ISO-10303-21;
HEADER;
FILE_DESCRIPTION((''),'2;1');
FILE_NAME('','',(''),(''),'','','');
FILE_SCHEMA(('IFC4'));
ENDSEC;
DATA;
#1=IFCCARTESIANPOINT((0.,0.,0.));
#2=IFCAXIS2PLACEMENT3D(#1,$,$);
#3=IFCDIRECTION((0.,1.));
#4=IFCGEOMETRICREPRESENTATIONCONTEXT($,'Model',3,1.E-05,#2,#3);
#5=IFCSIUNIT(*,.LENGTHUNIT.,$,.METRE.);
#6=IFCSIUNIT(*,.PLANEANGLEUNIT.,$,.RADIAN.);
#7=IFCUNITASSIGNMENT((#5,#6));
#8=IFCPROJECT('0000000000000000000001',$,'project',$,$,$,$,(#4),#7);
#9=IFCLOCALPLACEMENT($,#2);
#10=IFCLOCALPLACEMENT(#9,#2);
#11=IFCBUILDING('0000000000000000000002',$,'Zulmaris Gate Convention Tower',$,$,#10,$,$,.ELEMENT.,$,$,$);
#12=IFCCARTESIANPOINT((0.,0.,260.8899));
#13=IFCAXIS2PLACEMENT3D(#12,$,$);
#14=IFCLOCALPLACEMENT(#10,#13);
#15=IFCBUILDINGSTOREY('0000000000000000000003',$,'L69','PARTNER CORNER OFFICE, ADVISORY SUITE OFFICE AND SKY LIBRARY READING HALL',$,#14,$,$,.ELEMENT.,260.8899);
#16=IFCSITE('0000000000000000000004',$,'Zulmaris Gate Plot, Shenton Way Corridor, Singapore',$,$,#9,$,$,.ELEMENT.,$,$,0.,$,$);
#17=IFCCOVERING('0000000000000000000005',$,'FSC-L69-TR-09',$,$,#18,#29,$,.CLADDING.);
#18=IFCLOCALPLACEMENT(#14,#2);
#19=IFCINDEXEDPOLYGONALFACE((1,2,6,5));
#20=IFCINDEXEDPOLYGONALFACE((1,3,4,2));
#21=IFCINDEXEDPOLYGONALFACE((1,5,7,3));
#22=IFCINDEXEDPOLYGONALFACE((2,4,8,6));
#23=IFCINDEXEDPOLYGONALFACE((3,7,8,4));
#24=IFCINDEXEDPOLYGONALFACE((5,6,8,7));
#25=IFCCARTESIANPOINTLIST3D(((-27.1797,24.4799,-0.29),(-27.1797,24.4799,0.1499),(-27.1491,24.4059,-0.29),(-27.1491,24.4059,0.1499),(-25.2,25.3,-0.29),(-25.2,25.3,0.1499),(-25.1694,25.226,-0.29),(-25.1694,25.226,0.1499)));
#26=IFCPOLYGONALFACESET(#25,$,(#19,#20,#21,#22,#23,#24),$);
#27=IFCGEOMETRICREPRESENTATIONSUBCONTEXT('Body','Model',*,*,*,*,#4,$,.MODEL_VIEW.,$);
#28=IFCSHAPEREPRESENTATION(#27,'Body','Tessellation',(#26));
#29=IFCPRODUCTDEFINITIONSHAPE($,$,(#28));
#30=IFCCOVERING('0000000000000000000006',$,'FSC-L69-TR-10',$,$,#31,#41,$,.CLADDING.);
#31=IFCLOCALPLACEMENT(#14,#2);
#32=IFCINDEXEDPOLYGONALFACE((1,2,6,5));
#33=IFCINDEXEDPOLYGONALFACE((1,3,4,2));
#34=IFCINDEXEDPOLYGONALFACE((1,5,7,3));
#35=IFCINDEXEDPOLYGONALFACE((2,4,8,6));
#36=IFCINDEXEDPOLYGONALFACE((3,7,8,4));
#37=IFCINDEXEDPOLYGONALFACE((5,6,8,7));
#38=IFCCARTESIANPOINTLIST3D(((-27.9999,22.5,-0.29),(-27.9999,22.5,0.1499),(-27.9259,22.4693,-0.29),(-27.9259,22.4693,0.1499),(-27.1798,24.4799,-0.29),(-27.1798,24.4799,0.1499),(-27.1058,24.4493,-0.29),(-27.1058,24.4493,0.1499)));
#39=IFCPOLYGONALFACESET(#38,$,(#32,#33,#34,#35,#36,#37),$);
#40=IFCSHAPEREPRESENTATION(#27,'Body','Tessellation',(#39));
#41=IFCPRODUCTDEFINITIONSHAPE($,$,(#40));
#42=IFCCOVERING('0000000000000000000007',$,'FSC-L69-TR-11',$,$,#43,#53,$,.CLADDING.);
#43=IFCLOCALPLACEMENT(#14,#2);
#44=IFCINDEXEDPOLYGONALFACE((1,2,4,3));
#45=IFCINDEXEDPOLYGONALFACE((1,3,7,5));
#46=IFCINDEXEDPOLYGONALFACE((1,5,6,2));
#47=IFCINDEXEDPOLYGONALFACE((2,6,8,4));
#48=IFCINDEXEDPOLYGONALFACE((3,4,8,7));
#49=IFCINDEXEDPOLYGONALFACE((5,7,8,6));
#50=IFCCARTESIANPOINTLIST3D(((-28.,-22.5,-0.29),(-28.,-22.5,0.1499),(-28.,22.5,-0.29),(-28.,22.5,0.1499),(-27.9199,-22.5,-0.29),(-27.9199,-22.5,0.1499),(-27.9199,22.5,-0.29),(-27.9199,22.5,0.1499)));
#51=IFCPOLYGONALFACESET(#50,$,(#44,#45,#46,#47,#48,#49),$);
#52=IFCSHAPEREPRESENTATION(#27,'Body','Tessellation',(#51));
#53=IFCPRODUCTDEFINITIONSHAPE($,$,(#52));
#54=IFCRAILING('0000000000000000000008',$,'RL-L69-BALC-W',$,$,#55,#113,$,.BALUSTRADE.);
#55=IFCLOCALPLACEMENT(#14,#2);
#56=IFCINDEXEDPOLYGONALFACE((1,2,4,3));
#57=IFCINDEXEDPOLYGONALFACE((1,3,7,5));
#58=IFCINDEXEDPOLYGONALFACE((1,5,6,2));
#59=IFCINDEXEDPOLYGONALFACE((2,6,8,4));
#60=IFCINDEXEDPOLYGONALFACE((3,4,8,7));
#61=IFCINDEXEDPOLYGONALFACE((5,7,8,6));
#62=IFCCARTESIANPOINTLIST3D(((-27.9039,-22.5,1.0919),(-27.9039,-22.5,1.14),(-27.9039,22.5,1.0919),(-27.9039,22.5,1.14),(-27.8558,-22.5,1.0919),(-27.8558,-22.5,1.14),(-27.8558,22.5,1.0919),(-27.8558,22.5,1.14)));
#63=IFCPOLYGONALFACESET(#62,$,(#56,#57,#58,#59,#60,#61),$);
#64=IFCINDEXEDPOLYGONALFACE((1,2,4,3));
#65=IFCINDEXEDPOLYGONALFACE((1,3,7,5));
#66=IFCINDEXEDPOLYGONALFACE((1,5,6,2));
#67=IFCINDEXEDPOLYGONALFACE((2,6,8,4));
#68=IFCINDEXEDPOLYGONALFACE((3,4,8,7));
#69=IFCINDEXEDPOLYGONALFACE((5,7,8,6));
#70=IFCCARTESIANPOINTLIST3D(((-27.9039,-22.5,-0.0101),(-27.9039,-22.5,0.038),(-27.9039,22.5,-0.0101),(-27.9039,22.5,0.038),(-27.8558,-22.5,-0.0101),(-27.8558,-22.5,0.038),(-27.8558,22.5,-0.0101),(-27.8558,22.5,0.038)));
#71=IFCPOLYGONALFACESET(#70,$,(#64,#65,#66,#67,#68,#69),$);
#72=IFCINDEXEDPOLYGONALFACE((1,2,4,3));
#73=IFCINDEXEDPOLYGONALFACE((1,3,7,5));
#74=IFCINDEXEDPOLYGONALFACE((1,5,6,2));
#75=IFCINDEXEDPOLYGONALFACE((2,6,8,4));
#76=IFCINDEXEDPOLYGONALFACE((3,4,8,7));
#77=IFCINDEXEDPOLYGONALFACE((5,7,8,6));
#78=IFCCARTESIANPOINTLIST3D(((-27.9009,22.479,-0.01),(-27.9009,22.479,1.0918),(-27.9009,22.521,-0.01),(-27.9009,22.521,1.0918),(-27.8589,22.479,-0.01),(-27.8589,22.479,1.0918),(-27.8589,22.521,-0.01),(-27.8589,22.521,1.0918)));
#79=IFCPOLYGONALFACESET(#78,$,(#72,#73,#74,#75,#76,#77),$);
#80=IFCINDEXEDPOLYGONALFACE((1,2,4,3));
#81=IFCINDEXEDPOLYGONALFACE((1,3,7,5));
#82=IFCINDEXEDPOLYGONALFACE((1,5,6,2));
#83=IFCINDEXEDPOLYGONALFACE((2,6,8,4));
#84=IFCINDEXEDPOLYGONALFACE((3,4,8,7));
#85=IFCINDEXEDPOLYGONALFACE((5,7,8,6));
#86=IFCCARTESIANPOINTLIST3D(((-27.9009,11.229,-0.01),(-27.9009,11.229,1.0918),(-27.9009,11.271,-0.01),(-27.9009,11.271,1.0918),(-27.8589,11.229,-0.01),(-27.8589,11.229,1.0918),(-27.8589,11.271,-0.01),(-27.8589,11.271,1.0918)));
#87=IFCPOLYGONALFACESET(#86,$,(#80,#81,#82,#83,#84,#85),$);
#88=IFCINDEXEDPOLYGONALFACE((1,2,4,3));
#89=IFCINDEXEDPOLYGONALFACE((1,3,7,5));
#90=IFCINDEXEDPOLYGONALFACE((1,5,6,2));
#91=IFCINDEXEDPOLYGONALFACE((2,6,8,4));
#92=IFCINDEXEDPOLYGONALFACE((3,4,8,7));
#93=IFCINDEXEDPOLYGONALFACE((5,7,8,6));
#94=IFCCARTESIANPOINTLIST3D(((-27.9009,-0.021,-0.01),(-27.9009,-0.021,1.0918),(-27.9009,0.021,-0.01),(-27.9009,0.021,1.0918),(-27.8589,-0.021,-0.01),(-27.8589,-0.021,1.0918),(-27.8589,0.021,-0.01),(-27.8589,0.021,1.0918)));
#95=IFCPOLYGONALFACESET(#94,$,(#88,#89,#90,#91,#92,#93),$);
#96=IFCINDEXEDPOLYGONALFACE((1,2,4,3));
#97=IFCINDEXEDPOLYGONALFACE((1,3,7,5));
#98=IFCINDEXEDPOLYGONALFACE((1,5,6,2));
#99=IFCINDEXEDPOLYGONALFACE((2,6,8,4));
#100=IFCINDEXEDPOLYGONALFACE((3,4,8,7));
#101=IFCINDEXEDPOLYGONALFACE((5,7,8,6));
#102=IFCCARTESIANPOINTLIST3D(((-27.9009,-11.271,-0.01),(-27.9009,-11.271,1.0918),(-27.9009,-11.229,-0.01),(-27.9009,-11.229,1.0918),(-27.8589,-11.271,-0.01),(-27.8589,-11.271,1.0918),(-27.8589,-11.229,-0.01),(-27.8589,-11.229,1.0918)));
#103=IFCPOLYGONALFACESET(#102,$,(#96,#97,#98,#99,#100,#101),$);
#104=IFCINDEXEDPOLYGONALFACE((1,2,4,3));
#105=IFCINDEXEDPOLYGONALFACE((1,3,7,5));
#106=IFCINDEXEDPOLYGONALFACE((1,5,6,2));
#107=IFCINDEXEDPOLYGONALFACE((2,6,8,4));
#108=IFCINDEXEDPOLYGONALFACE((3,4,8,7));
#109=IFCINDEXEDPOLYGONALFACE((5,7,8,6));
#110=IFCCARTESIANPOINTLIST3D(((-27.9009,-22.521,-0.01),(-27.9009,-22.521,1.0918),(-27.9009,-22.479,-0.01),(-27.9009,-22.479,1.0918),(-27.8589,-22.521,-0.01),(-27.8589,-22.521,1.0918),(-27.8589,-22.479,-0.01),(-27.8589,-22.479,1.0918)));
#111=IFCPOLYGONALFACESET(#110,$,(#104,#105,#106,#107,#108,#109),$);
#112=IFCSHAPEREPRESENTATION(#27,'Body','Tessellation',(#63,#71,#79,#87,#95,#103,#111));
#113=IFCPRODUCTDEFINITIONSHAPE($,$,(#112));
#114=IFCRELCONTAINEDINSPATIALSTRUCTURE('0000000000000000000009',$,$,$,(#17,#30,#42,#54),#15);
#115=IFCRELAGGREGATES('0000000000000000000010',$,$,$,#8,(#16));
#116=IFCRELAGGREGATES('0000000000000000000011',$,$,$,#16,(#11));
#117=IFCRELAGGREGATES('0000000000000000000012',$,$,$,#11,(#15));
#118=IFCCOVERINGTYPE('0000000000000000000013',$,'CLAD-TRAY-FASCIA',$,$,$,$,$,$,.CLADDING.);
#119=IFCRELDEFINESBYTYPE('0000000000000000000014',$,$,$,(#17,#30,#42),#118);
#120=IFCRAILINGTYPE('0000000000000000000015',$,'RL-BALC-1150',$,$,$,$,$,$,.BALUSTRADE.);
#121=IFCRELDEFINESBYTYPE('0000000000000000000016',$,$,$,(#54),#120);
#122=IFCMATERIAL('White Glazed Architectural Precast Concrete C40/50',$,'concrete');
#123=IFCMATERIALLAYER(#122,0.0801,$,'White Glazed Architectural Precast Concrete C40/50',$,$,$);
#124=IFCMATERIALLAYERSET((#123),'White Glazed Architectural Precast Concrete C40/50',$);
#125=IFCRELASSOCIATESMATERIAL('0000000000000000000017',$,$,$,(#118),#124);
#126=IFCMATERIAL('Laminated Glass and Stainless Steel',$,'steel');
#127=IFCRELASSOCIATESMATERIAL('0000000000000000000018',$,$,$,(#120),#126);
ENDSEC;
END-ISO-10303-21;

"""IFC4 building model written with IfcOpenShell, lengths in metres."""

from ifc_helpers import new_model, si_unit, direction, frame, frame_2d, origin, origin_2d, place, context, subcontext, project, spatial, rectangle, extrude, material, layer, layer_set, type_object, element, save


model = new_model("IFC4")

# Units and contexts
model_context = context("Model", 3, precision=1e-05, world=origin(), true_north=direction((0.0, 1.0)))
body_context = subcontext(model_context, "Body", "Model", "MODEL_VIEW")
ifc_project = project(units=[si_unit("LENGTHUNIT", "METRE"), si_unit("PLANEANGLEUNIT", "RADIAN")], contexts=[model_context])

# Site, building, storey
site_placement = place(None, origin())
site = spatial("IfcSite", under=ifc_project, at=site_placement, Name="Zulmaris Gate Plot, Shenton Way Corridor, Singapore", CompositionType="ELEMENT", RefElevation=0.0)
building_placement = place(site_placement, origin())
building = spatial("IfcBuilding", under=site, at=building_placement, Name="Zulmaris Gate Convention Tower", CompositionType="ELEMENT")
storey_placement = place(building_placement, frame((0.0, 0.0, 260.8899)))
storey = spatial("IfcBuildingStorey", under=building, at=storey_placement, Name="L69", Description="PARTNER CORNER OFFICE, ADVISORY SUITE OFFICE AND SKY LIBRARY READING HALL", CompositionType="ELEMENT", Elevation=260.8899)

# Coverings
ifc_material_1 = material(Name="White Glazed Architectural Precast Concrete C40/50", Category="concrete")
ifc_layer_1 = layer(ifc_material_1, 0.0801, Name="White Glazed Architectural Precast Concrete C40/50")
ifc_layer_set_1 = layer_set([ifc_layer_1], Name="White Glazed Architectural Precast Concrete C40/50")
covering_type_1 = type_object("IfcCoveringType", Name="CLAD-TRAY-FASCIA", PredefinedType="CLADDING", material=ifc_layer_set_1)
covering_1_placement = place(storey_placement, frame((-25.1848, 25.2629, -0.29), z_axis=(0.0, 0.0, 1.0), x_axis=(-0.923874, -0.382697, 0.0)))
element("IfcCovering", 1, at=covering_1_placement, inside=storey, type_object=covering_type_1, Name="FSC-L69-TR-09", PredefinedType="CLADDING", context=body_context, shape_type="SweptSolid", body=[
    extrude(rectangle(XDim=2.1428, YDim=0.0801, at=frame_2d((1.0713, 0.0))), origin(), (0.0, 0.0, 1.0), 0.4399),
])
covering_2_placement = place(storey_placement, frame((-27.1428, 24.4646, -0.29), z_axis=(0.0, 0.0, 1.0), x_axis=(-0.382657, -0.92389, 0.0)))
element("IfcCovering", 2, at=covering_2_placement, inside=storey, type_object=covering_type_1, Name="FSC-L69-TR-10", PredefinedType="CLADDING", context=body_context, shape_type="SweptSolid", body=[
    extrude(rectangle(XDim=2.1431, YDim=0.0801, at=frame_2d((1.0715, 0.0))), origin(), (0.0, 0.0, 1.0), 0.4399),
])
covering_3_placement = place(storey_placement, frame((-27.96, 22.5, -0.29), z_axis=(0.0, 0.0, 1.0), x_axis=(0.0, -1.0, 0.0)))
element("IfcCovering", 3, at=covering_3_placement, inside=storey, type_object=covering_type_1, Name="FSC-L69-TR-11", PredefinedType="CLADDING", context=body_context, shape_type="SweptSolid", body=[
    extrude(rectangle(XDim=45.0, YDim=0.0801, at=frame_2d((22.5, 0.0))), origin(), (0.0, 0.0, 1.0), 0.4399),
])

# Railing
ifc_material_2 = material(Name="Laminated Glass and Stainless Steel", Category="steel")
railing_type = type_object("IfcRailingType", Name="RL-BALC-1150", PredefinedType="BALUSTRADE", material=ifc_material_2)
railing_placement = place(storey_placement, frame((-27.8799, 22.5, -0.01)))
element("IfcRailing", 4, at=railing_placement, inside=storey, type_object=railing_type, Name="RL-L69-BALC-W", PredefinedType="BALUSTRADE", context=body_context, shape_type="SweptSolid", body=[
    extrude(rectangle(XDim=0.0481, YDim=0.0481, at=origin_2d()), frame((0.0, 0.0, 1.126), z_axis=(0.0, -1.0, 0.0), x_axis=(1.0, 0.0, 0.0)), (0.0, 0.0, 1.0), 45.0),
    extrude(rectangle(XDim=0.0481, YDim=0.0481, at=origin_2d()), frame((0.0, 0.0, 0.0239), z_axis=(0.0, -1.0, 0.0), x_axis=(1.0, 0.0, 0.0)), (0.0, 0.0, 1.0), 45.0),
    extrude(rectangle(XDim=0.042, YDim=0.042, at=origin_2d()), origin(), (0.0, 0.0, 1.0), 1.1018),
    extrude(rectangle(XDim=0.042, YDim=0.042, at=origin_2d()), frame((0.0, -11.25, 0.0)), (0.0, 0.0, 1.0), 1.1018),
    extrude(rectangle(XDim=0.042, YDim=0.042, at=origin_2d()), frame((0.0, -22.5, 0.0)), (0.0, 0.0, 1.0), 1.1018),
    extrude(rectangle(XDim=0.042, YDim=0.042, at=origin_2d()), frame((0.0, -33.75, 0.0)), (0.0, 0.0, 1.0), 1.1018),
    extrude(rectangle(XDim=0.042, YDim=0.042, at=origin_2d()), frame((0.0, -45.0, 0.0)), (0.0, 0.0, 1.0), 1.1018),
])

save(model, "model.ifc")
